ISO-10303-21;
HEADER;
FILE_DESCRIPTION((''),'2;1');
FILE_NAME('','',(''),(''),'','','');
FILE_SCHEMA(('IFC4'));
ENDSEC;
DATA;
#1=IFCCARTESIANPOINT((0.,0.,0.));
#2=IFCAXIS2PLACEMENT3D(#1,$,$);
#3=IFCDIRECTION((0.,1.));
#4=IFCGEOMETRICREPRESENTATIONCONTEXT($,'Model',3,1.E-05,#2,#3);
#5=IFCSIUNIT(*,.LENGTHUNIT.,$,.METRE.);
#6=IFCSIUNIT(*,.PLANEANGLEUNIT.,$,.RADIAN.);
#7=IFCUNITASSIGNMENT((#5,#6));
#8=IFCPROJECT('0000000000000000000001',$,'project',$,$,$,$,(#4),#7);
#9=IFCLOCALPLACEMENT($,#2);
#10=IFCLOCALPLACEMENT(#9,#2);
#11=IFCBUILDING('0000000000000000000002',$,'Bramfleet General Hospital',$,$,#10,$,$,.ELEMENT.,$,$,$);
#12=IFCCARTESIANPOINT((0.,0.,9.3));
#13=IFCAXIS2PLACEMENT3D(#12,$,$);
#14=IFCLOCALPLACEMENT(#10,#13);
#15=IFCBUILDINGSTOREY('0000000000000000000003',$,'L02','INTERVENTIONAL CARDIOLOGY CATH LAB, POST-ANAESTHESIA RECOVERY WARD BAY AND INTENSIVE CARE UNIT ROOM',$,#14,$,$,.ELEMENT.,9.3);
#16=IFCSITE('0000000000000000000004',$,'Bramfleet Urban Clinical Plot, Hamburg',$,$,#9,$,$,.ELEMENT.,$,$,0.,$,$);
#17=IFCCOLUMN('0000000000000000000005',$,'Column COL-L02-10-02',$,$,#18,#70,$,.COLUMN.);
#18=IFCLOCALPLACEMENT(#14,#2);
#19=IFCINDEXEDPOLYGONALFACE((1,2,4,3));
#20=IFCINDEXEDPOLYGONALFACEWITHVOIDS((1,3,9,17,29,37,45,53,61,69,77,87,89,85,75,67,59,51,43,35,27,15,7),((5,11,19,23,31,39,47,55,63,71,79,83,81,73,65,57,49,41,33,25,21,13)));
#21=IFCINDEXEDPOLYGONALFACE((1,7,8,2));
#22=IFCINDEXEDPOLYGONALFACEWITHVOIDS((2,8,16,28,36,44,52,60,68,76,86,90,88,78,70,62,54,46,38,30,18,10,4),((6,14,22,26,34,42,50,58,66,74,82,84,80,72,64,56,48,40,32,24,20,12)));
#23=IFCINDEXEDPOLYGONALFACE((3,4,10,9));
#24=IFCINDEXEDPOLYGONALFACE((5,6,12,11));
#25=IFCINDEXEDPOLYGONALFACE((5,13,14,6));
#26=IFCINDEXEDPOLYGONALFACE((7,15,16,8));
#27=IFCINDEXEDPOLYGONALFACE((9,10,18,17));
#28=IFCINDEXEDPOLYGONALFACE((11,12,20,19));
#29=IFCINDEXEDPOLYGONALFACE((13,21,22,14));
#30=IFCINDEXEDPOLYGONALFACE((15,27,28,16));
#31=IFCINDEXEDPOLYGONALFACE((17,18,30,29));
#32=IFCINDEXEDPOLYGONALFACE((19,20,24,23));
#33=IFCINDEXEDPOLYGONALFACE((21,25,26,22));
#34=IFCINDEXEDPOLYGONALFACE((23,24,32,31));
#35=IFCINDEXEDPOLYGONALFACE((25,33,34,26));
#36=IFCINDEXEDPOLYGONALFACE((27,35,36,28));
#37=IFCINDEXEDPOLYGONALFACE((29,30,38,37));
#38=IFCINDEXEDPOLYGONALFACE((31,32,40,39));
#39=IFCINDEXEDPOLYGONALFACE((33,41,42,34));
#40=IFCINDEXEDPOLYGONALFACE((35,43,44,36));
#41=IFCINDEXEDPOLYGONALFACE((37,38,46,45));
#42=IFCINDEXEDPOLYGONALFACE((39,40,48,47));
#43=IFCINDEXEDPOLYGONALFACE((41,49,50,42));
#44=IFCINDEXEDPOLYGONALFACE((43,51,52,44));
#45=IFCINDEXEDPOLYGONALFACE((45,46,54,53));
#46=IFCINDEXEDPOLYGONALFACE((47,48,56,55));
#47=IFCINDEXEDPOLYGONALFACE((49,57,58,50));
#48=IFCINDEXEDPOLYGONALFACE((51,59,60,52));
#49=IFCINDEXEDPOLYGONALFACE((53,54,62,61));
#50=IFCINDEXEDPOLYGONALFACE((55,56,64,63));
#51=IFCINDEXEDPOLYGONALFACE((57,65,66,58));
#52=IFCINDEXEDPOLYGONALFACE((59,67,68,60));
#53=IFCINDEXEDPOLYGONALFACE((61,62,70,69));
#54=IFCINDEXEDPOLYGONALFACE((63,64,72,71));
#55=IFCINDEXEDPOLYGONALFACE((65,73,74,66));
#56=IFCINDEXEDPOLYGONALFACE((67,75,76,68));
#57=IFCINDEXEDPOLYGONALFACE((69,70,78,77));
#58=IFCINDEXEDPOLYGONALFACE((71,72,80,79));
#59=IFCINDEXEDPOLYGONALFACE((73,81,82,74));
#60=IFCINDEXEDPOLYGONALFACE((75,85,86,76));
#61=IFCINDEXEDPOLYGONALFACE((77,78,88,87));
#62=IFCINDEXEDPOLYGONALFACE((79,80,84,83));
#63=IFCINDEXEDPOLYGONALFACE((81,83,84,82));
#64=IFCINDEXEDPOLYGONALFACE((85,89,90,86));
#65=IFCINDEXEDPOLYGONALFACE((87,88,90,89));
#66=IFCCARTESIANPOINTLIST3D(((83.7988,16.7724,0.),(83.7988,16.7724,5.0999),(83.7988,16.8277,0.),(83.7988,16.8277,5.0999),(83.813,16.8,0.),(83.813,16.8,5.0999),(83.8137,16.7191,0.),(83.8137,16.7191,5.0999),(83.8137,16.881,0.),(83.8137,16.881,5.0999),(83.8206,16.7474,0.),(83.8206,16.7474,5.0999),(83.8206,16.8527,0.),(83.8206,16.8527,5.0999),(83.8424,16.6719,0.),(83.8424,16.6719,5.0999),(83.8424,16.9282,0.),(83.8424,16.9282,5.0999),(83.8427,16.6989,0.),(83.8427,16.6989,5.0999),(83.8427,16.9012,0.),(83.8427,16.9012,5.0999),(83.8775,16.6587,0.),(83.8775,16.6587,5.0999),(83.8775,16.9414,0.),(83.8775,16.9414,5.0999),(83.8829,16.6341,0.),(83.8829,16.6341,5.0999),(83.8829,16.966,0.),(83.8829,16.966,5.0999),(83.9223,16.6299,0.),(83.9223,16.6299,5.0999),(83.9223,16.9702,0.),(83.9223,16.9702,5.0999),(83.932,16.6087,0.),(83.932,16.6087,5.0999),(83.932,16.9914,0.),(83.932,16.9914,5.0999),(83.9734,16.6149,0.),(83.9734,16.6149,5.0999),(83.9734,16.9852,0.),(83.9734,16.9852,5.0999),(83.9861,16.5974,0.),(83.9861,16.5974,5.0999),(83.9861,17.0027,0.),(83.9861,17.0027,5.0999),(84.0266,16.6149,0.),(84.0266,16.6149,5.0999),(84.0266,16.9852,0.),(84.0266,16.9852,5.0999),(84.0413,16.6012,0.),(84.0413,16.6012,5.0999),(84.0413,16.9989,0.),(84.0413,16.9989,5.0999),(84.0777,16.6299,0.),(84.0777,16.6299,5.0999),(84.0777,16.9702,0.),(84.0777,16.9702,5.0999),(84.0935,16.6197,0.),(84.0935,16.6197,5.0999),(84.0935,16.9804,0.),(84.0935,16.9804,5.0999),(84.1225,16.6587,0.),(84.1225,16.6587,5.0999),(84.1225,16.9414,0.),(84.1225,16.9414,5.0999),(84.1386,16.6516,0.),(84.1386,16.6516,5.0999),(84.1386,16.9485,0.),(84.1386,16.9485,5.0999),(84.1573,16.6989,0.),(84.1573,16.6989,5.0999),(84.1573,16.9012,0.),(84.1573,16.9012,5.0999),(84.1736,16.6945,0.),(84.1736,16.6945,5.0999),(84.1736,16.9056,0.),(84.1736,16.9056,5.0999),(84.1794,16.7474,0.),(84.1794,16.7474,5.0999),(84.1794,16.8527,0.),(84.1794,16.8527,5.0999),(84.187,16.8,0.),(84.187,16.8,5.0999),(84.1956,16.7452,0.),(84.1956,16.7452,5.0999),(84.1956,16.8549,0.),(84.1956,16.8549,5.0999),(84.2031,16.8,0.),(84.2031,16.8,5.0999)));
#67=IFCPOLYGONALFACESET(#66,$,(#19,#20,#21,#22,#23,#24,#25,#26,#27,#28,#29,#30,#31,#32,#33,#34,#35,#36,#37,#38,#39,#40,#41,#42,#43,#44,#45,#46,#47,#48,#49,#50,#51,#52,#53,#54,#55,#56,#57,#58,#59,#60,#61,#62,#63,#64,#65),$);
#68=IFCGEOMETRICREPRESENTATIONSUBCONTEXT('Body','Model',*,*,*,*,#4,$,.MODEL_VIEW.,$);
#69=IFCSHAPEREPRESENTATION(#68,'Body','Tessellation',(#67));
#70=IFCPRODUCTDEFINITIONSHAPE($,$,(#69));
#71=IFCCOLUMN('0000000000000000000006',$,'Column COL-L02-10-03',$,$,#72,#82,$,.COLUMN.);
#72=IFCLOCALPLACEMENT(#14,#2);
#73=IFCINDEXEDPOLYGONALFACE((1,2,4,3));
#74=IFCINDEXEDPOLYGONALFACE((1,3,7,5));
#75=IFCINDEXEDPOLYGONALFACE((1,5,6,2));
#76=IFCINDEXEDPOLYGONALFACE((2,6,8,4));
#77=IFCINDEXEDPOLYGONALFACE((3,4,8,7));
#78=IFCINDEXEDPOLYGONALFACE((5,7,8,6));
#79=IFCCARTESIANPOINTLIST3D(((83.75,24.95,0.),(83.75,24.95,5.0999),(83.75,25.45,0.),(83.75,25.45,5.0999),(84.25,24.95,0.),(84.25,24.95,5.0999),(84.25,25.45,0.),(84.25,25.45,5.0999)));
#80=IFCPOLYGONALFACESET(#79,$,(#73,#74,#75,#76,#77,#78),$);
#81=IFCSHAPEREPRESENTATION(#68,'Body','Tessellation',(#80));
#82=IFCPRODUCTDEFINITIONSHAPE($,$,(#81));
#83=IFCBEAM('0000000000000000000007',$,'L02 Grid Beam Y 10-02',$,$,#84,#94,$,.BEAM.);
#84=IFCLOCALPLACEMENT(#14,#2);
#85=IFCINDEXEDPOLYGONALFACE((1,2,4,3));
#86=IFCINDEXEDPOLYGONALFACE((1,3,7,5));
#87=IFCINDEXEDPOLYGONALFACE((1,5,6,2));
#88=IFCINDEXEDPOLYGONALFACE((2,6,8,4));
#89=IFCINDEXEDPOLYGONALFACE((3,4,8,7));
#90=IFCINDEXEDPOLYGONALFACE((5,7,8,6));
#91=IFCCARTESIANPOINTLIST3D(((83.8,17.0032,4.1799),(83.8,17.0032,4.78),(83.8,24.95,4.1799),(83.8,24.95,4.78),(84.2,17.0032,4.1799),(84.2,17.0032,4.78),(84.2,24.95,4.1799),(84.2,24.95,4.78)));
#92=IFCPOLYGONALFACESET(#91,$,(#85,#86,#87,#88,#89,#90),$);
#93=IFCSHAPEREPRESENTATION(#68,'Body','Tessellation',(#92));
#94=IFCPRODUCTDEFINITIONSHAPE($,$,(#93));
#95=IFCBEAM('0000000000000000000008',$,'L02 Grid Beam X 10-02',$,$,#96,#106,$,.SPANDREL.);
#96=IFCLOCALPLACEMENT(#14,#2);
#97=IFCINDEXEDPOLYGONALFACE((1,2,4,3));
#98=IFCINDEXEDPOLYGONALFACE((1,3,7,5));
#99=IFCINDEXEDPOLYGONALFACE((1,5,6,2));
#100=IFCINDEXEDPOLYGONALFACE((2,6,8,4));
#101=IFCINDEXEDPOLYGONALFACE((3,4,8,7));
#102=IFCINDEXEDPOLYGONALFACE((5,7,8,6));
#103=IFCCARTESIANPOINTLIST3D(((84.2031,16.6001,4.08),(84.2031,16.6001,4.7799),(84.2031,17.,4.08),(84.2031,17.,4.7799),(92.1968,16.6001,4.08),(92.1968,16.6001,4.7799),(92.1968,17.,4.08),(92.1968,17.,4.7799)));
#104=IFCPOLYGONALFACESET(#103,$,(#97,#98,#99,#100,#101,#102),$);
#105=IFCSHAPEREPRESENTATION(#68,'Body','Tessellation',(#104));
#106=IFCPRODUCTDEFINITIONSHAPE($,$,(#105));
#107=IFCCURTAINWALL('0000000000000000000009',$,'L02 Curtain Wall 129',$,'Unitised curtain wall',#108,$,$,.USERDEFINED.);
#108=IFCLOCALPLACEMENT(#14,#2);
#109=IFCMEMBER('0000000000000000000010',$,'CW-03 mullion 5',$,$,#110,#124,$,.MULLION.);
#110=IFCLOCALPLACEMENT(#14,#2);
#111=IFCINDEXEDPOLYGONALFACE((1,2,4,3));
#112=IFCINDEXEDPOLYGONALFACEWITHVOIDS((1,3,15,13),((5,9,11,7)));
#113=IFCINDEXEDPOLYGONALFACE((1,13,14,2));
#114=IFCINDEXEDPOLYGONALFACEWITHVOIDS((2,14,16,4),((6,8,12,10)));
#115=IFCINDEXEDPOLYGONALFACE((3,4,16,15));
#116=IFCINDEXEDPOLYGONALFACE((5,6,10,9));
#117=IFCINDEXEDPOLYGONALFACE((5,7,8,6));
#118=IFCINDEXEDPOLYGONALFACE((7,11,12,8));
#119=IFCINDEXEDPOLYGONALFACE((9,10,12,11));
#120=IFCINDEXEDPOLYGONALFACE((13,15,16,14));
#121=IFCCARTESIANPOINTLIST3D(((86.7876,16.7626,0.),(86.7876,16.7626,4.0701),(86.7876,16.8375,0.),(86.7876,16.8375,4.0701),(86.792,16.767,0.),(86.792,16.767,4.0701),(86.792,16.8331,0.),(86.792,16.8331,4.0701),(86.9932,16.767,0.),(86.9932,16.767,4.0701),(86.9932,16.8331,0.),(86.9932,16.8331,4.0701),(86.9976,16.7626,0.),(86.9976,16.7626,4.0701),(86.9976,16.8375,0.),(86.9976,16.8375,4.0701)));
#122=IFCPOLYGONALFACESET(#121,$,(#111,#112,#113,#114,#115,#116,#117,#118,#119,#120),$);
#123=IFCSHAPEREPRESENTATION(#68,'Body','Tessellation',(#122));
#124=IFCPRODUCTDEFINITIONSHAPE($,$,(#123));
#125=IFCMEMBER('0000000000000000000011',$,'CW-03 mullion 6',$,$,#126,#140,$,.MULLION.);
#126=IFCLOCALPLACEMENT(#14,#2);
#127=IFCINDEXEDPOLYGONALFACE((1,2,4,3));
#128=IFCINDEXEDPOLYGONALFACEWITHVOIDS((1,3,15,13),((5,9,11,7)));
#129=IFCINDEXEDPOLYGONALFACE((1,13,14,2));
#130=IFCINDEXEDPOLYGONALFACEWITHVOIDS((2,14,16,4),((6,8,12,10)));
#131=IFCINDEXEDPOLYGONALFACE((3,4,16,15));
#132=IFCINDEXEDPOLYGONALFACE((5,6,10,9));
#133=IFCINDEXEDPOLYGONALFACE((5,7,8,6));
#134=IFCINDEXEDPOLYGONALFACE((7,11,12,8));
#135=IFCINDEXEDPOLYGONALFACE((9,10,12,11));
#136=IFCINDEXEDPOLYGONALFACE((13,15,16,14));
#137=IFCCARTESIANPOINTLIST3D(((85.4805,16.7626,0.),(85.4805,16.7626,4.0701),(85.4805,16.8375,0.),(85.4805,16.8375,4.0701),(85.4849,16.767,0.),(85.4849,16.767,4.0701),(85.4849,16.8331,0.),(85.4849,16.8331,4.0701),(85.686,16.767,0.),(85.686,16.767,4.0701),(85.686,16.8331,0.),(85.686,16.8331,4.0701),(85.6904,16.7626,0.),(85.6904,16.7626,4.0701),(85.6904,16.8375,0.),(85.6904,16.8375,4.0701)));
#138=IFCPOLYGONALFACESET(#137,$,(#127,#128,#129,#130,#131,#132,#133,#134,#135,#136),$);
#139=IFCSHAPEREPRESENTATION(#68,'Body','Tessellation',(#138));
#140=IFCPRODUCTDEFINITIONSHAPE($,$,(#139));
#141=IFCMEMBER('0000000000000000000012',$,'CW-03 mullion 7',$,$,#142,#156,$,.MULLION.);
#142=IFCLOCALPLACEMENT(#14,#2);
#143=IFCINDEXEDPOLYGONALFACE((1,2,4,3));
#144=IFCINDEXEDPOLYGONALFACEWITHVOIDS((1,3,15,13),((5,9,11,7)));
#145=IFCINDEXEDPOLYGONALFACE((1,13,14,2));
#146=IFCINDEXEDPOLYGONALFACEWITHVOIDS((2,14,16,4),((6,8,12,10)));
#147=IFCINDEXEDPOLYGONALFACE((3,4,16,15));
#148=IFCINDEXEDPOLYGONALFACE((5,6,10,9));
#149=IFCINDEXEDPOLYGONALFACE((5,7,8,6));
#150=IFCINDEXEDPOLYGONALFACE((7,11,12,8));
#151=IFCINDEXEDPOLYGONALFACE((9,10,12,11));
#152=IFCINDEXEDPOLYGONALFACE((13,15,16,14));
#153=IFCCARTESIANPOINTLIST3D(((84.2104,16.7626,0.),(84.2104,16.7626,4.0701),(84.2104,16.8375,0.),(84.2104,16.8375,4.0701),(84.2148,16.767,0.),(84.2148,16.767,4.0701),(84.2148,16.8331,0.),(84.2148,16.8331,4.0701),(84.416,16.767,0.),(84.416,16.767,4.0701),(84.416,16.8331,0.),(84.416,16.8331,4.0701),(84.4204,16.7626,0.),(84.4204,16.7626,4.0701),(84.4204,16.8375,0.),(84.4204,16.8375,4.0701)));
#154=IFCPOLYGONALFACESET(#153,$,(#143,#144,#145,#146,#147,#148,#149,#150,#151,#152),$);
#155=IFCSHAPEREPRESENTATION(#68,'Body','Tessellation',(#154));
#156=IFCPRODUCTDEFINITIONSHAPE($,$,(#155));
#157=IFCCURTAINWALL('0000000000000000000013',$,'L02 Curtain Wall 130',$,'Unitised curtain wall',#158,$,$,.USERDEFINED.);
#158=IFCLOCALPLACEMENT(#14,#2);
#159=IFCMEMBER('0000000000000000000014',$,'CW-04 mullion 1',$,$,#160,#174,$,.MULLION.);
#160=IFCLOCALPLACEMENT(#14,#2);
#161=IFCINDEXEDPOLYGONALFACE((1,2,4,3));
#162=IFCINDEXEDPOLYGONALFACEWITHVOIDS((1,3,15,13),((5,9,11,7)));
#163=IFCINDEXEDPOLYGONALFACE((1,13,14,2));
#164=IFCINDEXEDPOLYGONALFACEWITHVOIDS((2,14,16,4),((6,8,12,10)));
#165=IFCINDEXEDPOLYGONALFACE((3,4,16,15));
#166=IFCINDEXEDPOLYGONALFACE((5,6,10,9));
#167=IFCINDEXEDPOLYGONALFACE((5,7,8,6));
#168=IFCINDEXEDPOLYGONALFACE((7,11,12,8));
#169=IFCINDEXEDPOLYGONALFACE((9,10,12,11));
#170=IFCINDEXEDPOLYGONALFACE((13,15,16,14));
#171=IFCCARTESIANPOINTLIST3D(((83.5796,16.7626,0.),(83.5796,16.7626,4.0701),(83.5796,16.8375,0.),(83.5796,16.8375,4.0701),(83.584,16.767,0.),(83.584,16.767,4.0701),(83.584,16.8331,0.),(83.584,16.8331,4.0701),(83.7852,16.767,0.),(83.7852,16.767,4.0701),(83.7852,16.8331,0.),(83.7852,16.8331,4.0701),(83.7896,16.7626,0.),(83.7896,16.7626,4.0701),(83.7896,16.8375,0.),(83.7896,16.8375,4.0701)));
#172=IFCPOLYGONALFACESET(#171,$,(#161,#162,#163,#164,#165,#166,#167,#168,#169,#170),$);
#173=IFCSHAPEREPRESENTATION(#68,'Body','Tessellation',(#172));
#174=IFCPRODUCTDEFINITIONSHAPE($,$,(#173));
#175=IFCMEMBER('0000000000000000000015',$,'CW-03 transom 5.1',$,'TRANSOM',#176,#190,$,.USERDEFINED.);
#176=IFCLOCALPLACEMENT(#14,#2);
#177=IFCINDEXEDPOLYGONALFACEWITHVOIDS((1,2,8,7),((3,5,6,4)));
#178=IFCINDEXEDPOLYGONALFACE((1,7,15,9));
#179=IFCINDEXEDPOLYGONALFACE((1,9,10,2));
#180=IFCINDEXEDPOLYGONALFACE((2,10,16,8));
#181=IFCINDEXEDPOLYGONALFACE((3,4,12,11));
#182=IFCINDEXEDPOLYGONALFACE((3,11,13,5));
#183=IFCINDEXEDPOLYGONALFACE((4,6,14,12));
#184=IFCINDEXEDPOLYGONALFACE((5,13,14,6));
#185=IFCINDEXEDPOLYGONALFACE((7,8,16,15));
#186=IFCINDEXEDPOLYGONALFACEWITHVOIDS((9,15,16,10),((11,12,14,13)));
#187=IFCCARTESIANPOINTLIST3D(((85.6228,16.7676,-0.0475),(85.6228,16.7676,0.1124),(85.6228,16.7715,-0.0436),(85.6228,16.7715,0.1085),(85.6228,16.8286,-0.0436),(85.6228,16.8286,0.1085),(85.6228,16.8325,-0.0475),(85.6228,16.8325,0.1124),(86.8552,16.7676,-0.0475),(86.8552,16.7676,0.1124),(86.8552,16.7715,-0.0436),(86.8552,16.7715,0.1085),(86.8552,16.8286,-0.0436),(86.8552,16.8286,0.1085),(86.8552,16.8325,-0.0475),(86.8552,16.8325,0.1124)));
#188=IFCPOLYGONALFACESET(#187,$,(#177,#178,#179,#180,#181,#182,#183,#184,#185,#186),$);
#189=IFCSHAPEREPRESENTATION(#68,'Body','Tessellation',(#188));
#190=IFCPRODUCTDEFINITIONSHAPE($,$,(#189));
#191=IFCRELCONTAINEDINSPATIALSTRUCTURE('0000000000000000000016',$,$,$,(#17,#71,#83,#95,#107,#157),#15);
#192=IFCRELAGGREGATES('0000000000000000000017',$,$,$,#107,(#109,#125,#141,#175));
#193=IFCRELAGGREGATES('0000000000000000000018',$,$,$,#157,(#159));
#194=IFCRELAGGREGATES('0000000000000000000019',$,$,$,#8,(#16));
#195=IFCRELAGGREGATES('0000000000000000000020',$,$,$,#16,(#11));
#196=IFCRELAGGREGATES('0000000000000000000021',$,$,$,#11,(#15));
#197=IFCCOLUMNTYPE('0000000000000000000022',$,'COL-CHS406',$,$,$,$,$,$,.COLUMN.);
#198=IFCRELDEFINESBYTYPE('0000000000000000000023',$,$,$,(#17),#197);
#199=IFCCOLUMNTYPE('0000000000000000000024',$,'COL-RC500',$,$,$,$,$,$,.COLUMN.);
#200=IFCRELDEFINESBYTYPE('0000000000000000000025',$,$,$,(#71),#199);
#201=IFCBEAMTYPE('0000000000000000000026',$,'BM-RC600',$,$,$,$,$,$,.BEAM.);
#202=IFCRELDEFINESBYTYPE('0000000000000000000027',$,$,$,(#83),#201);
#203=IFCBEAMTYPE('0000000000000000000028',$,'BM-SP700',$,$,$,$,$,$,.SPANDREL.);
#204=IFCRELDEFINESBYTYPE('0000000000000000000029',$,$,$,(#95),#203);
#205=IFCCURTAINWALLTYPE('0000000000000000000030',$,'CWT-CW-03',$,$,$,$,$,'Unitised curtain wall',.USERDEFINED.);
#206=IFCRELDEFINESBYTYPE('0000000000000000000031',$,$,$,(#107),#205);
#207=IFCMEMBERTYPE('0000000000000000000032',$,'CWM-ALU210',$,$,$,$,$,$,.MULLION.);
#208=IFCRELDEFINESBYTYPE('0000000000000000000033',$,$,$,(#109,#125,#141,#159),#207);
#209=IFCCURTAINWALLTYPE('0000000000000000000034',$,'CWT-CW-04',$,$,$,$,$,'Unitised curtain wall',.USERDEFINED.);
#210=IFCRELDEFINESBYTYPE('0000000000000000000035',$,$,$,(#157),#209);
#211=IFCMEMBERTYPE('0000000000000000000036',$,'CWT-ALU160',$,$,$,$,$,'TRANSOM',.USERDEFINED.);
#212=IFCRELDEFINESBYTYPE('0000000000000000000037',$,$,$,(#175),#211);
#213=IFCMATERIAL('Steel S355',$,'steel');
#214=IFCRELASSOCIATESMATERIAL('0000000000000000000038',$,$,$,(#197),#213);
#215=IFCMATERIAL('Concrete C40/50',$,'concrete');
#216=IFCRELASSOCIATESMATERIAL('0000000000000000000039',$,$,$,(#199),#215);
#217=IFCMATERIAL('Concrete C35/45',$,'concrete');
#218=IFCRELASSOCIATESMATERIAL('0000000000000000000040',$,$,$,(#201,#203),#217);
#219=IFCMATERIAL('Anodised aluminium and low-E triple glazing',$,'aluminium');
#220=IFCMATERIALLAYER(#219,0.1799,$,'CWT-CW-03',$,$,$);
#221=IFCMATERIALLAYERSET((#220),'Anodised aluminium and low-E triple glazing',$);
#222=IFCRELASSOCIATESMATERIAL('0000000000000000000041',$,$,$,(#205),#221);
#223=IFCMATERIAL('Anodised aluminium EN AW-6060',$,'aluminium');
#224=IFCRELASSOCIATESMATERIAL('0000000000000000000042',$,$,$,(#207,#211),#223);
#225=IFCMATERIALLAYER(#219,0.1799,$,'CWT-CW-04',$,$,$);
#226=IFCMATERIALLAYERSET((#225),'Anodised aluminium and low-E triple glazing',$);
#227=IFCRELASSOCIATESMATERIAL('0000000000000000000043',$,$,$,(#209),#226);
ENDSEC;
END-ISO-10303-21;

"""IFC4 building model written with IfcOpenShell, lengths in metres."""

from ifc_helpers import new_model, si_unit, direction, frame, origin, origin_2d, place, context, subcontext, project, spatial, rectangle, hollow_rectangle, hollow_circle, extrude, material, layer, layer_set, material_profile, profile_set, type_object, element, aggregate, save


model = new_model("IFC4")

# Units and contexts
model_context = context("Model", 3, precision=1e-05, world=origin(), true_north=direction((0.0, 1.0)))
body_context = subcontext(model_context, "Body", "Model", "MODEL_VIEW")
ifc_project = project(units=[si_unit("LENGTHUNIT", "METRE"), si_unit("PLANEANGLEUNIT", "RADIAN")], contexts=[model_context])

# Site, building, storey
site_placement = place(None, origin())
site = spatial("IfcSite", under=ifc_project, at=site_placement, Name="Bramfleet Urban Clinical Plot, Hamburg", CompositionType="ELEMENT", RefElevation=0.0)
building_placement = place(site_placement, origin())
building = spatial("IfcBuilding", under=site, at=building_placement, Name="Bramfleet General Hospital", CompositionType="ELEMENT")
storey_placement = place(building_placement, frame((0.0, 0.0, 9.3)))
storey = spatial("IfcBuildingStorey", under=building, at=storey_placement, Name="L02", Description="INTERVENTIONAL CARDIOLOGY CATH LAB, POST-ANAESTHESIA RECOVERY WARD BAY AND INTENSIVE CARE UNIT ROOM", CompositionType="ELEMENT", Elevation=9.3)

# Columns
ifc_material_1 = material(Name="Steel S355", Category="steel")
ifc_material_profile_1 = material_profile(ifc_material_1, hollow_circle(Radius=0.2031, WallThickness=0.0161, at=origin_2d()), Name="CHS 406.4x16.0")
ifc_profile_set_1 = profile_set([ifc_material_profile_1], Name="Steel S355")
column_type_1 = type_object("IfcColumnType", Name="COL-CHS406", PredefinedType="COLUMN", material=ifc_profile_set_1)
column_1_placement = place(storey_placement, frame((84.0, 16.8, 0.0), z_axis=(0.0, 0.0, 1.0), x_axis=(1.0, 0.0, 0.0)))
element("IfcColumn", 1, at=column_1_placement, inside=storey, type_object=column_type_1, Name="Column COL-L02-10-02", PredefinedType="COLUMN", context=body_context, shape_type="SweptSolid", body=[
    extrude(hollow_circle(Radius=0.2031, WallThickness=0.0161, at=origin_2d()), origin(), (0.0, 0.0, 1.0), 5.0999),
])
ifc_material_2 = material(Name="Concrete C40/50", Category="concrete")
ifc_material_profile_2 = material_profile(ifc_material_2, rectangle(XDim=0.5, YDim=0.5, at=origin_2d()), Name="RC COL 500x500")
ifc_profile_set_2 = profile_set([ifc_material_profile_2], Name="Concrete C40/50")
column_type_2 = type_object("IfcColumnType", Name="COL-RC500", PredefinedType="COLUMN", material=ifc_profile_set_2)
column_2_placement = place(storey_placement, frame((84.0, 25.2, 0.0), z_axis=(0.0, 0.0, 1.0), x_axis=(1.0, 0.0, 0.0)))
element("IfcColumn", 2, at=column_2_placement, inside=storey, type_object=column_type_2, Name="Column COL-L02-10-03", PredefinedType="COLUMN", context=body_context, shape_type="SweptSolid", body=[
    extrude(rectangle(XDim=0.5, YDim=0.5, at=origin_2d()), origin(), (0.0, 0.0, 1.0), 5.0999),
])

# Beams
ifc_material_3 = material(Name="Concrete C35/45", Category="concrete")
ifc_material_profile_3 = material_profile(ifc_material_3, rectangle(XDim=0.3999, YDim=0.6001, at=origin_2d()), Name="RC BM 600x400")
ifc_profile_set_3 = profile_set([ifc_material_profile_3], Name="Concrete C35/45")
beam_type_1 = type_object("IfcBeamType", Name="BM-RC600", PredefinedType="BEAM", material=ifc_profile_set_3)
beam_1_placement = place(storey_placement, frame((84.0, 17.0032, 4.48), z_axis=(0.0, 1.0, 0.0), x_axis=(-1.0, 0.0, 0.0)))
element("IfcBeam", 3, at=beam_1_placement, inside=storey, type_object=beam_type_1, Name="L02 Grid Beam Y 10-02", PredefinedType="BEAM", context=body_context, shape_type="SweptSolid", body=[
    extrude(rectangle(XDim=0.3999, YDim=0.6001, at=origin_2d()), origin(), (0.0, 0.0, 1.0), 7.9468),
])
ifc_material_profile_4 = material_profile(ifc_material_3, rectangle(XDim=0.3999, YDim=0.7, at=origin_2d()), Name="RC SP 700x400")
ifc_profile_set_4 = profile_set([ifc_material_profile_4], Name="Concrete C35/45")
beam_type_2 = type_object("IfcBeamType", Name="BM-SP700", PredefinedType="SPANDREL", material=ifc_profile_set_4)
beam_2_placement = place(storey_placement, frame((84.2031, 16.8, 4.4299), z_axis=(1.0, 0.0, 0.0), x_axis=(0.0, 1.0, 0.0)))
element("IfcBeam", 4, at=beam_2_placement, inside=storey, type_object=beam_type_2, Name="L02 Grid Beam X 10-02", PredefinedType="SPANDREL", context=body_context, shape_type="SweptSolid", body=[
    extrude(rectangle(XDim=0.3999, YDim=0.7, at=origin_2d()), origin(), (0.0, 0.0, 1.0), 7.9937),
])

# Curtain wall, members
ifc_material_4 = material(Name="Anodised aluminium and low-E triple glazing", Category="aluminium")
ifc_layer_1 = layer(ifc_material_4, 0.1799, Name="CWT-CW-03")
ifc_layer_set_1 = layer_set([ifc_layer_1], Name="Anodised aluminium and low-E triple glazing")
curtain_wall_type_1 = type_object("IfcCurtainWallType", Name="CWT-CW-03", ElementType="Unitised curtain wall", PredefinedType="USERDEFINED", material=ifc_layer_set_1)
curtain_wall_1_placement = place(storey_placement, origin())
curtain_wall_1 = element("IfcCurtainWall", 5, at=curtain_wall_1_placement, inside=storey, type_object=curtain_wall_type_1, Name="L02 Curtain Wall 129", ObjectType="Unitised curtain wall", PredefinedType="USERDEFINED")
ifc_material_5 = material(Name="Anodised aluminium EN AW-6060", Category="aluminium")
ifc_material_profile_5 = material_profile(ifc_material_5, hollow_rectangle(XDim=0.075, YDim=0.21, WallThickness=0.0044, at=origin_2d()), Name="ALU 210x75x4.5")
ifc_profile_set_5 = profile_set([ifc_material_profile_5], Name="Anodised aluminium EN AW-6060")
member_type_1 = type_object("IfcMemberType", Name="CWM-ALU210", PredefinedType="MULLION", material=ifc_profile_set_5)
member_1_placement = place(storey_placement, frame((86.8926, 16.8, 0.0), z_axis=(0.0, 0.0, 1.0), x_axis=(0.0, -1.0, 0.0)))
member_1 = element("IfcMember", 6, at=member_1_placement, type_object=member_type_1, Name="CW-03 mullion 5", PredefinedType="MULLION", context=body_context, shape_type="SweptSolid", body=[
    extrude(hollow_rectangle(XDim=0.075, YDim=0.21, WallThickness=0.0044, at=origin_2d()), origin(), (0.0, 0.0, 1.0), 4.0701),
])
member_2_placement = place(storey_placement, frame((85.5854, 16.8, 0.0), z_axis=(0.0, 0.0, 1.0), x_axis=(0.0, -1.0, 0.0)))
member_2 = element("IfcMember", 7, at=member_2_placement, type_object=member_type_1, Name="CW-03 mullion 6", PredefinedType="MULLION", context=body_context, shape_type="SweptSolid", body=[
    extrude(hollow_rectangle(XDim=0.075, YDim=0.21, WallThickness=0.0044, at=origin_2d()), origin(), (0.0, 0.0, 1.0), 4.0701),
])
member_3_placement = place(storey_placement, frame((84.3154, 16.8, 0.0), z_axis=(0.0, 0.0, 1.0), x_axis=(0.0, -1.0, 0.0)))
member_3 = element("IfcMember", 8, at=member_3_placement, type_object=member_type_1, Name="CW-03 mullion 7", PredefinedType="MULLION", context=body_context, shape_type="SweptSolid", body=[
    extrude(hollow_rectangle(XDim=0.075, YDim=0.21, WallThickness=0.0044, at=origin_2d()), origin(), (0.0, 0.0, 1.0), 4.0701),
])

# Curtain wall, member
ifc_layer_2 = layer(ifc_material_4, 0.1799, Name="CWT-CW-04")
ifc_layer_set_2 = layer_set([ifc_layer_2], Name="Anodised aluminium and low-E triple glazing")
curtain_wall_type_2 = type_object("IfcCurtainWallType", Name="CWT-CW-04", ElementType="Unitised curtain wall", PredefinedType="USERDEFINED", material=ifc_layer_set_2)
curtain_wall_2_placement = place(storey_placement, origin())
curtain_wall_2 = element("IfcCurtainWall", 9, at=curtain_wall_2_placement, inside=storey, type_object=curtain_wall_type_2, Name="L02 Curtain Wall 130", ObjectType="Unitised curtain wall", PredefinedType="USERDEFINED")
member_4_placement = place(storey_placement, frame((83.6846, 16.8, 0.0), z_axis=(0.0, 0.0, 1.0), x_axis=(0.0, -1.0, 0.0)))
member_4 = element("IfcMember", 10, at=member_4_placement, type_object=member_type_1, Name="CW-04 mullion 1", PredefinedType="MULLION", context=body_context, shape_type="SweptSolid", body=[
    extrude(hollow_rectangle(XDim=0.075, YDim=0.21, WallThickness=0.0044, at=origin_2d()), origin(), (0.0, 0.0, 1.0), 4.0701),
])

# Member
ifc_material_profile_6 = material_profile(ifc_material_5, hollow_rectangle(XDim=0.0649, YDim=0.1599, WallThickness=0.0039, at=origin_2d()), Name="ALU 160x65x4.0")
ifc_profile_set_6 = profile_set([ifc_material_profile_6], Name="Anodised aluminium EN AW-6060")
member_type_2 = type_object("IfcMemberType", Name="CWT-ALU160", ElementType="TRANSOM", PredefinedType="USERDEFINED", material=ifc_profile_set_6)
member_5_placement = place(storey_placement, frame((86.8552, 16.8, 0.0325), z_axis=(-1.0, 0.0, 0.0), x_axis=(0.0, -1.0, 0.0)))
member_5 = element("IfcMember", 11, at=member_5_placement, type_object=member_type_2, Name="CW-03 transom 5.1", ObjectType="TRANSOM", PredefinedType="USERDEFINED", context=body_context, shape_type="SweptSolid", body=[
    extrude(hollow_rectangle(XDim=0.0649, YDim=0.1599, WallThickness=0.0039, at=origin_2d()), origin(), (0.0, 0.0, 1.0), 1.2324),
])

aggregate(curtain_wall_1, [member_1, member_2, member_3, member_5])
aggregate(curtain_wall_2, [member_4])

save(model, "model.ifc")
